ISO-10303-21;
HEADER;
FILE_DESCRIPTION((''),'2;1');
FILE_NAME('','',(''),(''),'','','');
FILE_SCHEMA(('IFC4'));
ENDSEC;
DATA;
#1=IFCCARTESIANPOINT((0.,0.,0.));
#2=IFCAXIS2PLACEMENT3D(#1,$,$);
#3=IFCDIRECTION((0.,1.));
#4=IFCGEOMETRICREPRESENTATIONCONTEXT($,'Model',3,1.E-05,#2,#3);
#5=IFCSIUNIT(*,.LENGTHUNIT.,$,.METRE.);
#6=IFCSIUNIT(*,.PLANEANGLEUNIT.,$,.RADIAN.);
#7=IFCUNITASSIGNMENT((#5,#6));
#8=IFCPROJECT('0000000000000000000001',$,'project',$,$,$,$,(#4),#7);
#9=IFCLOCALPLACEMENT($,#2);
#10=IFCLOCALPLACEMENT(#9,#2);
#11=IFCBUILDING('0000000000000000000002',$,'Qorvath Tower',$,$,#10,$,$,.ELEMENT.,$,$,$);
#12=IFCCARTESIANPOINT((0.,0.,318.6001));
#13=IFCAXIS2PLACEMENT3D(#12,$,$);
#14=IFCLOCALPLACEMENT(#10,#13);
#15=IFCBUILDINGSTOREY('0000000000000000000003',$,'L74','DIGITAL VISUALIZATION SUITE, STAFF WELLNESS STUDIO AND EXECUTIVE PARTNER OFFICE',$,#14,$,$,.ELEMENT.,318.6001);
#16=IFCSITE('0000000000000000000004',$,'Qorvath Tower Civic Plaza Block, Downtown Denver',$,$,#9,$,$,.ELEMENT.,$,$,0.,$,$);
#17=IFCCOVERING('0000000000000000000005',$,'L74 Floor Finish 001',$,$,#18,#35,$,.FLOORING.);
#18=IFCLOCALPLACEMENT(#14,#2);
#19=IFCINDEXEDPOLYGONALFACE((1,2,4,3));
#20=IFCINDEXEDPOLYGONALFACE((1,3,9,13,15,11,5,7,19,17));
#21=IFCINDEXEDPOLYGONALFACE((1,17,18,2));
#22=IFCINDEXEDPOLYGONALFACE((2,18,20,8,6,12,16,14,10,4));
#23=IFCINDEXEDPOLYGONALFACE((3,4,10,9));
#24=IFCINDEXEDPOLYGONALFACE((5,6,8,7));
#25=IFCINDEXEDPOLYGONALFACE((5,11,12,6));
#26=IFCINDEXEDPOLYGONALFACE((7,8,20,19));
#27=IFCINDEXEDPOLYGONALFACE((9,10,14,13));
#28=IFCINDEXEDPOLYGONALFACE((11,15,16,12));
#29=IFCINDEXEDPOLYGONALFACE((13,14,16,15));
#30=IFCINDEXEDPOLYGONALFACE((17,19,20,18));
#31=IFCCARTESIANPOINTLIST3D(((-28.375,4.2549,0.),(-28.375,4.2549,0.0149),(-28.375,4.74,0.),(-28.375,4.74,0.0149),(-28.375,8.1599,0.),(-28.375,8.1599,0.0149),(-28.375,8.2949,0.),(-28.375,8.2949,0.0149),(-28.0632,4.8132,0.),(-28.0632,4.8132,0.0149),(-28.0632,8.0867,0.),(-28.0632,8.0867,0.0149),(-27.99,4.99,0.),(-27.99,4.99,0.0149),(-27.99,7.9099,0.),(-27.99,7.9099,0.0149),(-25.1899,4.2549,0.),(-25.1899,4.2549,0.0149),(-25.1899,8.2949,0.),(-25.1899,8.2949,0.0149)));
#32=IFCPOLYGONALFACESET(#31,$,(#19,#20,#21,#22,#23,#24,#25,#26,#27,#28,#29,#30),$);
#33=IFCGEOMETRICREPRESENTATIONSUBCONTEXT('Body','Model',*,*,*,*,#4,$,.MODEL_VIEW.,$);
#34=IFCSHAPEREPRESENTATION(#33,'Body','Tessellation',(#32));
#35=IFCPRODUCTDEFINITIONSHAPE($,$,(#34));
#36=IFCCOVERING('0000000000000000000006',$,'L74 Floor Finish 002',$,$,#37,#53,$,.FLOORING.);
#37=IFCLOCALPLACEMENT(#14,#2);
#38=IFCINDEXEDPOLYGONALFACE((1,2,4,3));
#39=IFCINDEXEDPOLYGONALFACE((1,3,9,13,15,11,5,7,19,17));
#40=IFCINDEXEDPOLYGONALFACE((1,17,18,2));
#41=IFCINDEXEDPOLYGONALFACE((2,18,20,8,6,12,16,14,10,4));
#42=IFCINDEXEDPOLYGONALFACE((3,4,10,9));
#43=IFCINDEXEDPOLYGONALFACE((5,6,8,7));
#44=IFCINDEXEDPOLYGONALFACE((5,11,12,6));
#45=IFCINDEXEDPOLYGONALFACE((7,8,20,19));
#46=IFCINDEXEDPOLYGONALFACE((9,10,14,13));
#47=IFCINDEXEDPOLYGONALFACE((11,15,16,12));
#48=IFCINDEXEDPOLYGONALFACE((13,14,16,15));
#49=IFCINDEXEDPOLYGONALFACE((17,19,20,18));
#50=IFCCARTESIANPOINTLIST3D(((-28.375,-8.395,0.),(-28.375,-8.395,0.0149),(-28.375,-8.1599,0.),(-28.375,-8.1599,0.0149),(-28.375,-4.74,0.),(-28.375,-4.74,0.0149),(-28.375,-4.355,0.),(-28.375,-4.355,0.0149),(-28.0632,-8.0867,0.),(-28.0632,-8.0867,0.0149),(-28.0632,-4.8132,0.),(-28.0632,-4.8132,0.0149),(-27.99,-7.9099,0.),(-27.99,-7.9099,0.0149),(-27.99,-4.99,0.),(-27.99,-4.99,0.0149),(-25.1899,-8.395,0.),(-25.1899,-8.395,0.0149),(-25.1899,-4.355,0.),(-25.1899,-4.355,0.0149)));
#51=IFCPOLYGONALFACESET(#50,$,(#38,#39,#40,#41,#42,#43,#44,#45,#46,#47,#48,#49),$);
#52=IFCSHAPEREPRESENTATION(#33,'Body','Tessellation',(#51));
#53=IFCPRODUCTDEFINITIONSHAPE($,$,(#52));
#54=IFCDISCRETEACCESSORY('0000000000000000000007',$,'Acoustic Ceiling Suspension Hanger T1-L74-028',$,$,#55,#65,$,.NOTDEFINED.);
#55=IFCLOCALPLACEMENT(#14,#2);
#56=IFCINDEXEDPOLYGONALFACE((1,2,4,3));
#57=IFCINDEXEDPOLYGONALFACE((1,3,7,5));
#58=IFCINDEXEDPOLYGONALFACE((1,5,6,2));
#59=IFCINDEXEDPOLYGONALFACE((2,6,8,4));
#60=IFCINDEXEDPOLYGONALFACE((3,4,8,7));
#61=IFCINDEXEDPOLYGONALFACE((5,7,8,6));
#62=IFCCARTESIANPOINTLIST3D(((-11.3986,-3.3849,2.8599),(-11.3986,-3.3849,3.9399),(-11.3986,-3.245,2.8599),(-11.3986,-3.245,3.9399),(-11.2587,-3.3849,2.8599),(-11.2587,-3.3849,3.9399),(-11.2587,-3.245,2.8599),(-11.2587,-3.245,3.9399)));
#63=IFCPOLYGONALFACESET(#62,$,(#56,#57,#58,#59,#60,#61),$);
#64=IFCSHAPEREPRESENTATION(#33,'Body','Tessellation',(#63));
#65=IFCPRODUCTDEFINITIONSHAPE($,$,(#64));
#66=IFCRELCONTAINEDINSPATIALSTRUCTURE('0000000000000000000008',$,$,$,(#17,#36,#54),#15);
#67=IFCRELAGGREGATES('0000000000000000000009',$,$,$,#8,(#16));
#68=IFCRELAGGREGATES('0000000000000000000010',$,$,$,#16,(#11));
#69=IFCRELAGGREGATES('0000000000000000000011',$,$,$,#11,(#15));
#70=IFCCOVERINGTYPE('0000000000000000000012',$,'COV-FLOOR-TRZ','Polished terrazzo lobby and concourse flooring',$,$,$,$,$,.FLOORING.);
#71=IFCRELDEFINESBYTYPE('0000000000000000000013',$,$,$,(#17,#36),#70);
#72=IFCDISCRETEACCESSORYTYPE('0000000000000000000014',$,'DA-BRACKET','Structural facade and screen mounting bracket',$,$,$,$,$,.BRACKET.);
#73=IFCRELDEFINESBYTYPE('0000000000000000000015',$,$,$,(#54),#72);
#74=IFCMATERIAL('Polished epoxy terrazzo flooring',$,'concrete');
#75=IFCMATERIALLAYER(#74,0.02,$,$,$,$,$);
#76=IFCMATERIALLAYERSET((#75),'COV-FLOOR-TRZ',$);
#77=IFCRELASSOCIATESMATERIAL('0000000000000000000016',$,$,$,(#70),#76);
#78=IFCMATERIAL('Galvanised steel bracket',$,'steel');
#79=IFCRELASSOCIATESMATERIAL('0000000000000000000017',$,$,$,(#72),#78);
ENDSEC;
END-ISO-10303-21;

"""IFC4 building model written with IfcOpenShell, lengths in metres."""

from ifc_helpers import new_model, si_unit, direction, frame, origin, origin_2d, place, context, subcontext, project, spatial, polyline, rectangle, outline, extrude, material, layer, layer_set, type_object, element, save


model = new_model("IFC4")

# Units and contexts
model_context = context("Model", 3, precision=1e-05, world=origin(), true_north=direction((0.0, 1.0)))
body_context = subcontext(model_context, "Body", "Model", "MODEL_VIEW")
ifc_project = project(units=[si_unit("LENGTHUNIT", "METRE"), si_unit("PLANEANGLEUNIT", "RADIAN")], contexts=[model_context])

# Site, building, storey
site_placement = place(None, origin())
site = spatial("IfcSite", under=ifc_project, at=site_placement, Name="Qorvath Tower Civic Plaza Block, Downtown Denver", CompositionType="ELEMENT", RefElevation=0.0)
building_placement = place(site_placement, origin())
building = spatial("IfcBuilding", under=site, at=building_placement, Name="Qorvath Tower", CompositionType="ELEMENT")
storey_placement = place(building_placement, frame((0.0, 0.0, 318.6001)))
storey = spatial("IfcBuildingStorey", under=building, at=storey_placement, Name="L74", Description="DIGITAL VISUALIZATION SUITE, STAFF WELLNESS STUDIO AND EXECUTIVE PARTNER OFFICE", CompositionType="ELEMENT", Elevation=318.6001)

# Coverings
ifc_material_1 = material(Name="Polished epoxy terrazzo flooring", Category="concrete")
ifc_layer_1 = layer(ifc_material_1, 0.02)
ifc_layer_set_1 = layer_set([ifc_layer_1], Name="COV-FLOOR-TRZ")
covering_type_1 = type_object("IfcCoveringType", Name="COV-FLOOR-TRZ", Description="Polished terrazzo lobby and concourse flooring", PredefinedType="FLOORING", material=ifc_layer_set_1)
covering_1_placement = place(storey_placement, origin())
element("IfcCovering", 1, at=covering_1_placement, inside=storey, type_object=covering_type_1, Name="L74 Floor Finish 001", PredefinedType="FLOORING", context=body_context, shape_type="SweptSolid", body=[
    extrude(outline(polyline([(-25.1899, 4.2549), (-25.1899, 8.2949), (-28.375, 8.2949), (-28.375, 8.1599), (-28.0632, 8.0867), (-27.99, 7.9099), (-27.99, 4.99), (-28.0632, 4.8132), (-28.375, 4.74), (-28.375, 4.2549), (-25.1899, 4.2549)])), origin(), (0.0, 0.0, 1.0), 0.0149),
])
covering_2_placement = place(storey_placement, origin())
element("IfcCovering", 2, at=covering_2_placement, inside=storey, type_object=covering_type_1, Name="L74 Floor Finish 002", PredefinedType="FLOORING", context=body_context, shape_type="SweptSolid", body=[
    extrude(outline(polyline([(-25.1899, -8.395), (-25.1899, -4.355), (-28.375, -4.355), (-28.375, -4.74), (-28.0632, -4.8132), (-27.99, -4.99), (-27.99, -7.9099), (-28.0632, -8.0867), (-28.375, -8.1599), (-28.375, -8.395), (-25.1899, -8.395)])), origin(), (0.0, 0.0, 1.0), 0.0149),
])

# Discrete accessory
ifc_material_2 = material(Name="Galvanised steel bracket", Category="steel")
discrete_accessory_type = type_object("IfcDiscreteAccessoryType", Name="DA-BRACKET", Description="Structural facade and screen mounting bracket", PredefinedType="BRACKET", material=ifc_material_2)
discrete_accessory_placement = place(storey_placement, frame((-11.3286, -3.3149, 2.8599), z_axis=(0.0, 0.0, 1.0), x_axis=(1.0, 0.0, 0.0)))
element("IfcDiscreteAccessory", 3, at=discrete_accessory_placement, inside=storey, type_object=discrete_accessory_type, Name="Acoustic Ceiling Suspension Hanger T1-L74-028", PredefinedType="NOTDEFINED", context=body_context, shape_type="SweptSolid", body=[
    extrude(rectangle(XDim=0.1399, YDim=0.1399, at=origin_2d()), origin(), (0.0, 0.0, 1.0), 1.0801),
])

save(model, "model.ifc")
